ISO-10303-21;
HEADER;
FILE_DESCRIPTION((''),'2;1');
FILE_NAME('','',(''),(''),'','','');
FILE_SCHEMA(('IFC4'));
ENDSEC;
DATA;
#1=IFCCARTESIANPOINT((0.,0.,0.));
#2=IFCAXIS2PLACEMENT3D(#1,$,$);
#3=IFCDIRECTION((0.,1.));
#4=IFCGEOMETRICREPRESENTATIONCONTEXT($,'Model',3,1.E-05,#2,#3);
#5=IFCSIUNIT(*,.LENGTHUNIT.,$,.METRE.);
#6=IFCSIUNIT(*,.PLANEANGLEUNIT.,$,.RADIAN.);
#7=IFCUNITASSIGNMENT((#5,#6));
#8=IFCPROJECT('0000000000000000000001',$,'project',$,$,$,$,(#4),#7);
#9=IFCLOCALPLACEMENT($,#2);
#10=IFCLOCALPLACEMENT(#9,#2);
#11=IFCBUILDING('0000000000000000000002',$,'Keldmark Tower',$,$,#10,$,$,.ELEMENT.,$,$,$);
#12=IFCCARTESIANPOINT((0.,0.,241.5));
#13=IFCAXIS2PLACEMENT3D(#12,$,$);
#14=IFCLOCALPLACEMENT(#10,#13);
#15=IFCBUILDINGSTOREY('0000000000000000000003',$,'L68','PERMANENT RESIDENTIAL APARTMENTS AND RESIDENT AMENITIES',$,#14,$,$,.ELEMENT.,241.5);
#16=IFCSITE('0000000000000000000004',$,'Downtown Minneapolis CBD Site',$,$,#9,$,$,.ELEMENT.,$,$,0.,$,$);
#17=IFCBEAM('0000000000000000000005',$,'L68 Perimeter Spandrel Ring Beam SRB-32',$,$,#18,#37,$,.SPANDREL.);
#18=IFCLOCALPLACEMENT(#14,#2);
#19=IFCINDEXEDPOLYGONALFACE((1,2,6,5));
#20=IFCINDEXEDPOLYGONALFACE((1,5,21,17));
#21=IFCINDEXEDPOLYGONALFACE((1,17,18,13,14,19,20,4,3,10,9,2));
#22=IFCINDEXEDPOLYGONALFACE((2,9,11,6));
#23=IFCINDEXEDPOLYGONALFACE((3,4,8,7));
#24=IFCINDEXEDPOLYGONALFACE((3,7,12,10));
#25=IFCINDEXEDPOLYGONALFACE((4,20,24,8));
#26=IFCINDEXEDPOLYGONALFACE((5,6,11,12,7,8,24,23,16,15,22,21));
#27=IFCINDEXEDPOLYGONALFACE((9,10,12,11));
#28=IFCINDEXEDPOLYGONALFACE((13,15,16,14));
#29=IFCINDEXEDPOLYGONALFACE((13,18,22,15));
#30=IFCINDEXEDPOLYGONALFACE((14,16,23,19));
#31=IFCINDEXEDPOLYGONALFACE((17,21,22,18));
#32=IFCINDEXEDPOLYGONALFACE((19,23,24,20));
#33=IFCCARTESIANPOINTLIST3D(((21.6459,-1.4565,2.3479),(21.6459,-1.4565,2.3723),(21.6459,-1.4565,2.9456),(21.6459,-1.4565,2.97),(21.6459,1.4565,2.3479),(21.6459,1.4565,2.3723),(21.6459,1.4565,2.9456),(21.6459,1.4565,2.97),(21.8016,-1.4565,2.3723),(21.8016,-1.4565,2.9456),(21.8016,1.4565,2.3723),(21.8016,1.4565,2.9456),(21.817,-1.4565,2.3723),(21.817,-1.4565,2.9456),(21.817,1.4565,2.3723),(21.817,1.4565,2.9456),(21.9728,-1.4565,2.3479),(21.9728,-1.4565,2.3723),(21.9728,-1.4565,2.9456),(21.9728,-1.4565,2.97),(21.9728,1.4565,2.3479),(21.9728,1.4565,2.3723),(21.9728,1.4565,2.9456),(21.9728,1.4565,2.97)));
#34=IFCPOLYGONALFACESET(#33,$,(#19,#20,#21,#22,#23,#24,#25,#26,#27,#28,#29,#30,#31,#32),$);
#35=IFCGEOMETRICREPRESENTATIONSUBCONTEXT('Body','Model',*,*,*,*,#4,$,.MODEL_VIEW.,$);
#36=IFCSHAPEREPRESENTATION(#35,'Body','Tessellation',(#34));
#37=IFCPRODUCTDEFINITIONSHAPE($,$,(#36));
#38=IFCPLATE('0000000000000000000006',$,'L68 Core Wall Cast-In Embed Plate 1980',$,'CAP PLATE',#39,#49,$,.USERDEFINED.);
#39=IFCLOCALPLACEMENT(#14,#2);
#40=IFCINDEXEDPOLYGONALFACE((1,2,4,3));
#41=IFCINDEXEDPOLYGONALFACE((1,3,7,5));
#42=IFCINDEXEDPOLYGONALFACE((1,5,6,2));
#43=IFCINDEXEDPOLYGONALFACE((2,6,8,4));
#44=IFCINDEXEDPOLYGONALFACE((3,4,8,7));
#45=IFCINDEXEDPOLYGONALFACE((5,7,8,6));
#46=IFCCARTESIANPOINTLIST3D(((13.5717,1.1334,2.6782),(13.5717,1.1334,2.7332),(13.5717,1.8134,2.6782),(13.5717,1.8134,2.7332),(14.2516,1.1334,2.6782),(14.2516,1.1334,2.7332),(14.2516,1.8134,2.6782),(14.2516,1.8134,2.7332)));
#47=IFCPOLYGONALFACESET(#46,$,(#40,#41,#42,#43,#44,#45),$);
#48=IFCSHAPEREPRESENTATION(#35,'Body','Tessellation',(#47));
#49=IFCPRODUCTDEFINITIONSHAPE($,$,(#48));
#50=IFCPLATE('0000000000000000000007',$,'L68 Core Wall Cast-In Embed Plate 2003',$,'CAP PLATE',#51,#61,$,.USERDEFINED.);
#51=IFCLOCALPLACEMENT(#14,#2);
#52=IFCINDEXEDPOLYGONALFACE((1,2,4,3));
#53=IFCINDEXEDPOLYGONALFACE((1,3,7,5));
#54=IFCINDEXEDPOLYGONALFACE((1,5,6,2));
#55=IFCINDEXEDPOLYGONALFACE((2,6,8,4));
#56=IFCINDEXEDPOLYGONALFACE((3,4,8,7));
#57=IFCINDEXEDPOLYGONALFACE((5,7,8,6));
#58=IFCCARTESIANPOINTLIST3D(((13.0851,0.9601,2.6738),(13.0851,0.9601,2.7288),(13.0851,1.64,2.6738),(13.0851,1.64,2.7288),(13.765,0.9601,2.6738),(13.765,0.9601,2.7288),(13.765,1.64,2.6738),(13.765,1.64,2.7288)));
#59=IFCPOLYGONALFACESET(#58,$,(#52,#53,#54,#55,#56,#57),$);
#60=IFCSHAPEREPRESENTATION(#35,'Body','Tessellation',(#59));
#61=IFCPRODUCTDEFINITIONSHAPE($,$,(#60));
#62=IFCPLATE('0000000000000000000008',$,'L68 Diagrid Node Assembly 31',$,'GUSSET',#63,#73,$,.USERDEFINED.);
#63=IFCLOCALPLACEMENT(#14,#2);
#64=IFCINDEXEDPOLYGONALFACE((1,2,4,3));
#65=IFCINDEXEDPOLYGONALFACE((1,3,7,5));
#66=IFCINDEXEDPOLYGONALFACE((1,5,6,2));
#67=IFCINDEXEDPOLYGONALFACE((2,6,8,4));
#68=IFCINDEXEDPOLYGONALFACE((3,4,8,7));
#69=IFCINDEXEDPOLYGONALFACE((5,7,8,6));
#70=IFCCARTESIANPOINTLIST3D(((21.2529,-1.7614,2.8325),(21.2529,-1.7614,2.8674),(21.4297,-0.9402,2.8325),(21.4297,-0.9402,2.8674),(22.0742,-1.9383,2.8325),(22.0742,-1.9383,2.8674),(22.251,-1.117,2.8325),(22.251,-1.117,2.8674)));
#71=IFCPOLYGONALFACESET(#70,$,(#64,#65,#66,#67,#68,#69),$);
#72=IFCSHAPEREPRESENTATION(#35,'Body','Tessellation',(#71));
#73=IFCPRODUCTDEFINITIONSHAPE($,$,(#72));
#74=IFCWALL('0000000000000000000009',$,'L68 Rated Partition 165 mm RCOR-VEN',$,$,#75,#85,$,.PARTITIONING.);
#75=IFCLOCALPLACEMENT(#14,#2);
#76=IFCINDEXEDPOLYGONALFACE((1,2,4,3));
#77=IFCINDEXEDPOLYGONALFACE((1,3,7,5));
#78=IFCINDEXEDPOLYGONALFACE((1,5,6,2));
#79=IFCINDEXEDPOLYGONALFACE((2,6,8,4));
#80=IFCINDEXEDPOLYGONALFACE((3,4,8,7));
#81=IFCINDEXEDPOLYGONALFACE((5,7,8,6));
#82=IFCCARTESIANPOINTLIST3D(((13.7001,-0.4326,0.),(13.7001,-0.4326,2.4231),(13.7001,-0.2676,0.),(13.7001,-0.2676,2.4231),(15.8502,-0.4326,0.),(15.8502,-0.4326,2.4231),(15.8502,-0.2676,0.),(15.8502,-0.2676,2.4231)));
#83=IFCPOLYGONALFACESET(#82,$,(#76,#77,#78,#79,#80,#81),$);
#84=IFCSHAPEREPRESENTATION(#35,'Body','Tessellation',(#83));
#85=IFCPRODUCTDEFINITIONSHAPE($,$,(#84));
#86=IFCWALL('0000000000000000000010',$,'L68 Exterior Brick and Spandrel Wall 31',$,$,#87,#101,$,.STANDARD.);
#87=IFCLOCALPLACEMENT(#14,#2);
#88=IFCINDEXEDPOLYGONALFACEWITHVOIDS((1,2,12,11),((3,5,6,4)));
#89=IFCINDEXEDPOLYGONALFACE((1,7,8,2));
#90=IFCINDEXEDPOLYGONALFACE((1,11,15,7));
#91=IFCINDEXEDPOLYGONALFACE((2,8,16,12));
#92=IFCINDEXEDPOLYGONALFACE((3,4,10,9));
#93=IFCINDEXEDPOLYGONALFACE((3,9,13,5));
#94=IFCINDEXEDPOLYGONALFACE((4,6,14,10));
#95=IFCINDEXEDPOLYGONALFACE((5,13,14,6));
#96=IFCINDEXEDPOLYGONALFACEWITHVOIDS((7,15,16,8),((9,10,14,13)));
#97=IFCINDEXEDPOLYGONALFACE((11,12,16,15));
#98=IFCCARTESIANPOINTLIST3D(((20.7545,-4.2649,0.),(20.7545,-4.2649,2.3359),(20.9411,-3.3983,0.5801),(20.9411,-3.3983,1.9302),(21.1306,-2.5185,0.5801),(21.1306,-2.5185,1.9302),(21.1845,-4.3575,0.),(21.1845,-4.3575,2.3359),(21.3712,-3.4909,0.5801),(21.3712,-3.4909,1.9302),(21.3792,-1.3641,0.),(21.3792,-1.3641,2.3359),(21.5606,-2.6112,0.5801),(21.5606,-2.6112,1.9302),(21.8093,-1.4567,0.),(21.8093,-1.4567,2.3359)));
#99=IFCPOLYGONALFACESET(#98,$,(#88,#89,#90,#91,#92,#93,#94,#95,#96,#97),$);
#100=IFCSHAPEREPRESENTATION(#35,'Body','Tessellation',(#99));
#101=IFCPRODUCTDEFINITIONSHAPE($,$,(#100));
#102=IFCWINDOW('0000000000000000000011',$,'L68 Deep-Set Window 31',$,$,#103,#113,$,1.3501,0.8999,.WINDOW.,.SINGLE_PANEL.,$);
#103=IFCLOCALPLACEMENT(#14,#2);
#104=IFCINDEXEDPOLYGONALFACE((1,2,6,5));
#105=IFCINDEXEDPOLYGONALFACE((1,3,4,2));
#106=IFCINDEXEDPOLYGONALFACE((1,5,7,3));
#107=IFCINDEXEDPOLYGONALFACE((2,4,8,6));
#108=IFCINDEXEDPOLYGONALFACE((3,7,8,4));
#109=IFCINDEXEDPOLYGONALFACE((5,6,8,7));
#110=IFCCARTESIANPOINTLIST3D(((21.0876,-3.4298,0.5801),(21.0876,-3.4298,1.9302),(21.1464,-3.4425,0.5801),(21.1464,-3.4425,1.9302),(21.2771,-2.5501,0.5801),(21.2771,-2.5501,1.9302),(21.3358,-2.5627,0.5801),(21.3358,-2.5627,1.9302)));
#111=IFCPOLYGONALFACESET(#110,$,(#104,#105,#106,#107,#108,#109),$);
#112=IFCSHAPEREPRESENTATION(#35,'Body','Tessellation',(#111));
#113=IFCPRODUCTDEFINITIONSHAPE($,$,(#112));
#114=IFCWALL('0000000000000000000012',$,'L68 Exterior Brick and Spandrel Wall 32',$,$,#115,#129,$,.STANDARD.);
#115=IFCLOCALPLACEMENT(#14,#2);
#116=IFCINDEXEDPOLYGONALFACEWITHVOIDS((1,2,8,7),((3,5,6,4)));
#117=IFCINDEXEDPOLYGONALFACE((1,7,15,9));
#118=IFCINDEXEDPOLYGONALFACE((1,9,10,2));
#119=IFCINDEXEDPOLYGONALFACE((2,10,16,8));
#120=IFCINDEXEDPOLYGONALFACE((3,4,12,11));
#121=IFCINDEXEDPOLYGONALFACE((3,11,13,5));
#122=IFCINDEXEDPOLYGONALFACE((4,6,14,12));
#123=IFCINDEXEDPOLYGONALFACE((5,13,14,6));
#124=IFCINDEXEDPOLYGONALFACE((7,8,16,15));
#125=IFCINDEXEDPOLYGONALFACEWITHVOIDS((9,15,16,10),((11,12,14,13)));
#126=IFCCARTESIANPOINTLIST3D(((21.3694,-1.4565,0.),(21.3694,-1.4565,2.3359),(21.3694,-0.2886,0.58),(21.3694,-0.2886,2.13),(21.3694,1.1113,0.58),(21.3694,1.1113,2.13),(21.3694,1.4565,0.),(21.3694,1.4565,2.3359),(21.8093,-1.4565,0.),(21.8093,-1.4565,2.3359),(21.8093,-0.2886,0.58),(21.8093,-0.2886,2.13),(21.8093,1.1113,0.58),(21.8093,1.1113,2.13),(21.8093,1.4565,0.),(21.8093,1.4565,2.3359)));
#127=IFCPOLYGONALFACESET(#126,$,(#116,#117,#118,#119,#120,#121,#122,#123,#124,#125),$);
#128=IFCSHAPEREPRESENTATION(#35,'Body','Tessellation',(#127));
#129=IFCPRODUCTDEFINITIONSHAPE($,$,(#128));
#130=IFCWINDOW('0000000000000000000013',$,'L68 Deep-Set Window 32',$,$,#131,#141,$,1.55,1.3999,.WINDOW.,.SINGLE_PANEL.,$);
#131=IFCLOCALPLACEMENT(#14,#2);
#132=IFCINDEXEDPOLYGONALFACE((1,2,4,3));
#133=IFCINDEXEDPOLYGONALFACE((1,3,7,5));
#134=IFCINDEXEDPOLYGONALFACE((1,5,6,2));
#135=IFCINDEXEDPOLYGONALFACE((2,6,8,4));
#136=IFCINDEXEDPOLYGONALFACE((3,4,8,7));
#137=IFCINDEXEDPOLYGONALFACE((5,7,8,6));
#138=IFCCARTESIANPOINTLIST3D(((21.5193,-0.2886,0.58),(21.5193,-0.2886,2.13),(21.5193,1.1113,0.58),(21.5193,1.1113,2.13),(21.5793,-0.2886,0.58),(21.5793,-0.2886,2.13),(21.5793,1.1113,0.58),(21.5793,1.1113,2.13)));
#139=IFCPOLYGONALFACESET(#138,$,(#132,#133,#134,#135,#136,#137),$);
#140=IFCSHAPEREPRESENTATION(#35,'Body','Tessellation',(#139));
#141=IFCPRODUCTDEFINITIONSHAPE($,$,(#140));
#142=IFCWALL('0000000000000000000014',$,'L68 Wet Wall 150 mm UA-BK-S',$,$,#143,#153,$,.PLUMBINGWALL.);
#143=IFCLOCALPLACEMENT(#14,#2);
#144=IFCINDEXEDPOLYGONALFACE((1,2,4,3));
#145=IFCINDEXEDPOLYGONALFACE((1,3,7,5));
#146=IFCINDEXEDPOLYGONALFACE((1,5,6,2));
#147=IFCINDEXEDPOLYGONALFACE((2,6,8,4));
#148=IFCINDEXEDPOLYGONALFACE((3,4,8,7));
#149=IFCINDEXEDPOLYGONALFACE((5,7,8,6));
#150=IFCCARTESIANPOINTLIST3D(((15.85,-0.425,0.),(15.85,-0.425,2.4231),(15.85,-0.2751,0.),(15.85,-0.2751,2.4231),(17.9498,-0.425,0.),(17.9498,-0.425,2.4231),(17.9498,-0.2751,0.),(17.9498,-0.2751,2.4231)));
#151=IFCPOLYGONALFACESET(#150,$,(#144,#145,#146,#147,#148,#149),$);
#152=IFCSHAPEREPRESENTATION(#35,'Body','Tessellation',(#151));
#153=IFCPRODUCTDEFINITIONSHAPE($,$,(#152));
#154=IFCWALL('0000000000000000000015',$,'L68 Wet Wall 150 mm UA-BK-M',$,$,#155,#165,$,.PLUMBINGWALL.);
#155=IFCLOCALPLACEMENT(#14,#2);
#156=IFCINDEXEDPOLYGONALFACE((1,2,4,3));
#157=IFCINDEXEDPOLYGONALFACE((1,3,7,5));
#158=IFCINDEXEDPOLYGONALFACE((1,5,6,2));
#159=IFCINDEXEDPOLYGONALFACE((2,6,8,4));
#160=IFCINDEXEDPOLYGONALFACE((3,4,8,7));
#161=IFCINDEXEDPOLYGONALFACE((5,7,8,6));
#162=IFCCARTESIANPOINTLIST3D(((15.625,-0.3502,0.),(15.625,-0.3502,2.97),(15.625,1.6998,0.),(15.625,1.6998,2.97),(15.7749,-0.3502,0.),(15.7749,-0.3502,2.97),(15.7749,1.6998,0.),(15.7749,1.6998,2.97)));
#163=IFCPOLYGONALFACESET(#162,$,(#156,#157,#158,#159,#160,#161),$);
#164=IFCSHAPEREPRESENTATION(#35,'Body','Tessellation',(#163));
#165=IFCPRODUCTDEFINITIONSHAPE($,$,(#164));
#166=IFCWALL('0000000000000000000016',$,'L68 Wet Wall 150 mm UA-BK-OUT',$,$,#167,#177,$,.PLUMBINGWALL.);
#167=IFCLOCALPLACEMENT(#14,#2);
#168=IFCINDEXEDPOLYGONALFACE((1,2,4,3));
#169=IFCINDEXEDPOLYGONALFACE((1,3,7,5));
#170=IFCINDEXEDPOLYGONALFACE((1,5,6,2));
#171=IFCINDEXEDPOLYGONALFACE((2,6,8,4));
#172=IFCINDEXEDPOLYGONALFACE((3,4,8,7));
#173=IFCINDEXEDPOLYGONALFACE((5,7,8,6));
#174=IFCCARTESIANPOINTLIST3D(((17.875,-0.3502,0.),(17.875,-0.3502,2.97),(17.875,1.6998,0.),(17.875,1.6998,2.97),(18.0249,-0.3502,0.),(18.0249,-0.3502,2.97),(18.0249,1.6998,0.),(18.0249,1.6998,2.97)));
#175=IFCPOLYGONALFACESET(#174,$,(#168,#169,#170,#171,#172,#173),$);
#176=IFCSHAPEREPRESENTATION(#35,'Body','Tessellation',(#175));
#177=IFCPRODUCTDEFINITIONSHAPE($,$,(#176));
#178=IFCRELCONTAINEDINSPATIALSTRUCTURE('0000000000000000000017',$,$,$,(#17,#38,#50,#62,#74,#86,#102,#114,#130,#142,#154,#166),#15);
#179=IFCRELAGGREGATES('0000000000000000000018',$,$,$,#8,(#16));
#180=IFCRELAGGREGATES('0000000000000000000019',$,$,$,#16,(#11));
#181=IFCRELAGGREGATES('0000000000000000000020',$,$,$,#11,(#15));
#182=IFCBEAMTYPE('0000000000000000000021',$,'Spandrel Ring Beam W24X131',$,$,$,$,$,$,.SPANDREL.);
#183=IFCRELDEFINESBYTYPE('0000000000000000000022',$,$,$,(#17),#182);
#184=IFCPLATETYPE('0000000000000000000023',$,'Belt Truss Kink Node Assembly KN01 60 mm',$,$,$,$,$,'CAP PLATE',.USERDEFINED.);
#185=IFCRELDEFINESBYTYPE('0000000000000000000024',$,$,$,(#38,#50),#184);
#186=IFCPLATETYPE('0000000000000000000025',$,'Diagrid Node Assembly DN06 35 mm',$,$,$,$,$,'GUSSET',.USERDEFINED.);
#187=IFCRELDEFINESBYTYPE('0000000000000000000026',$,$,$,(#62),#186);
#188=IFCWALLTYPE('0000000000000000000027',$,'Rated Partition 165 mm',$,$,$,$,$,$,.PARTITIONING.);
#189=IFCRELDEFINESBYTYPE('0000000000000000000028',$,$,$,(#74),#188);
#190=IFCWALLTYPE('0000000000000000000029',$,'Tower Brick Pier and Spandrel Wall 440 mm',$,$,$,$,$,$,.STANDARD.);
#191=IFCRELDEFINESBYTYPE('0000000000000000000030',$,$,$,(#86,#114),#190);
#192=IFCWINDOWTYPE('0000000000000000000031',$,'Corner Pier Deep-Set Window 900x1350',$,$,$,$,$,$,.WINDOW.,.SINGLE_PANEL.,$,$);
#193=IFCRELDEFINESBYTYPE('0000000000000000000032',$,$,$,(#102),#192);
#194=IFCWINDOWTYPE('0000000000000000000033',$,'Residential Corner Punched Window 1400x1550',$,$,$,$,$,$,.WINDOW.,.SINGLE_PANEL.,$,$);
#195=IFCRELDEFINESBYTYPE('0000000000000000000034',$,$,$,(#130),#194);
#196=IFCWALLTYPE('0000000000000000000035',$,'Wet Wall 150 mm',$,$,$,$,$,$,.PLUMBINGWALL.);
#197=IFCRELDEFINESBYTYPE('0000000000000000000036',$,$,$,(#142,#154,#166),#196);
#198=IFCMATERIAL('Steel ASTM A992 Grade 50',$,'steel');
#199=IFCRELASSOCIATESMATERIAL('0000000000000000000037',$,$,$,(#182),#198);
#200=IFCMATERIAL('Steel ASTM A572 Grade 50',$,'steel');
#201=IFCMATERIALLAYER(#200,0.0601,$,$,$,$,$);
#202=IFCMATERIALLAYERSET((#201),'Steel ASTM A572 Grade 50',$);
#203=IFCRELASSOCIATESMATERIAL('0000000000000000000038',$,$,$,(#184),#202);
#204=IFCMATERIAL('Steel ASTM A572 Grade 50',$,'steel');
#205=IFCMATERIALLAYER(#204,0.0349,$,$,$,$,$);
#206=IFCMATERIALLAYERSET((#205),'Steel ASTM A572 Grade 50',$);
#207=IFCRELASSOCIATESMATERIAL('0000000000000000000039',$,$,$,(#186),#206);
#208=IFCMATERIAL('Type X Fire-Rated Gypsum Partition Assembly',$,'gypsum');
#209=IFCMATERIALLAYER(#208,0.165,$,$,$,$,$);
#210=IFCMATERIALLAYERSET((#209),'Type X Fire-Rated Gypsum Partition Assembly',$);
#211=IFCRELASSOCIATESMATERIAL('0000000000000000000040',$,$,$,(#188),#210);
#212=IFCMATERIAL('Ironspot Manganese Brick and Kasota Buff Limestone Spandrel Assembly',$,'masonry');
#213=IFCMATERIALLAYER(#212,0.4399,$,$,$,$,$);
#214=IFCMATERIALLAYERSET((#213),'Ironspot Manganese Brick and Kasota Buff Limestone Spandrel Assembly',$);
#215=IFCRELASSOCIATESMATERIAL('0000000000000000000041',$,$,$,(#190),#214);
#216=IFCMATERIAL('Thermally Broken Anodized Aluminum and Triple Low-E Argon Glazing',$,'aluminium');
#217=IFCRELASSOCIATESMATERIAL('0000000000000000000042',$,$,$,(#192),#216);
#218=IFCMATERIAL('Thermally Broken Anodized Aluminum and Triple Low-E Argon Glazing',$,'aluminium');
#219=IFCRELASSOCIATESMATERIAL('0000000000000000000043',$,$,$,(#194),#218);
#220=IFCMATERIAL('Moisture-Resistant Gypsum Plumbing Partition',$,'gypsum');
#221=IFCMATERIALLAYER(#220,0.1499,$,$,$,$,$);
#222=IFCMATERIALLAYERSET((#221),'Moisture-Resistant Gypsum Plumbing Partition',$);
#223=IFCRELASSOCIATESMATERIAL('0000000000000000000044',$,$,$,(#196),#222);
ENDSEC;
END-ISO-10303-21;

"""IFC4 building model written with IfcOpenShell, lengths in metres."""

from ifc_helpers import new_model, si_unit, direction, frame, frame_2d, origin, origin_2d, place, context, subcontext, project, spatial, rectangle, i_section, extrude, material, layer, layer_set, material_profile, profile_set, type_object, element, fill, save


model = new_model("IFC4")

# Units and contexts
model_context = context("Model", 3, precision=1e-05, world=origin(), true_north=direction((0.0, 1.0)))
body_context = subcontext(model_context, "Body", "Model", "MODEL_VIEW")
ifc_project = project(units=[si_unit("LENGTHUNIT", "METRE"), si_unit("PLANEANGLEUNIT", "RADIAN")], contexts=[model_context])

# Site, building, storey
site_placement = place(None, origin())
site = spatial("IfcSite", under=ifc_project, at=site_placement, Name="Downtown Minneapolis CBD Site", CompositionType="ELEMENT", RefElevation=0.0)
building_placement = place(site_placement, origin())
building = spatial("IfcBuilding", under=site, at=building_placement, Name="Keldmark Tower", CompositionType="ELEMENT")
storey_placement = place(building_placement, frame((0.0, 0.0, 241.5)))
storey = spatial("IfcBuildingStorey", under=building, at=storey_placement, Name="L68", Description="PERMANENT RESIDENTIAL APARTMENTS AND RESIDENT AMENITIES", CompositionType="ELEMENT", Elevation=241.5)

# Beam
ifc_material_1 = material(Name="Steel ASTM A992 Grade 50", Category="steel")
ifc_material_profile_1 = material_profile(ifc_material_1, i_section(OverallWidth=0.3269, OverallDepth=0.6221, WebThickness=0.0154, FlangeThickness=0.0244, at=origin_2d()), Name="W24X131")
ifc_profile_set_1 = profile_set([ifc_material_profile_1], Name="Steel ASTM A992 Grade 50")
beam_type_1 = type_object("IfcBeamType", Name="Spandrel Ring Beam W24X131", PredefinedType="SPANDREL", material=ifc_profile_set_1)
beam_1_placement = place(storey_placement, frame((21.8093, -1.4565, 2.6589), z_axis=(0.0, 1.0, 0.0), x_axis=(-1.0, 0.0, 0.0)))
element("IfcBeam", 1, at=beam_1_placement, inside=storey, type_object=beam_type_1, Name="L68 Perimeter Spandrel Ring Beam SRB-32", PredefinedType="SPANDREL", context=body_context, shape_type="SweptSolid", body=[
    extrude(i_section(OverallWidth=0.3269, OverallDepth=0.6221, WebThickness=0.0154, FlangeThickness=0.0244, at=origin_2d()), origin(), (0.0, 0.0, 1.0), 2.9131),
])

# Plates
ifc_material_2 = material(Name="Steel ASTM A572 Grade 50", Category="steel")
ifc_layer_1 = layer(ifc_material_2, 0.0601)
ifc_layer_set_1 = layer_set([ifc_layer_1], Name="Steel ASTM A572 Grade 50")
plate_type_1 = type_object("IfcPlateType", Name="Belt Truss Kink Node Assembly KN01 60 mm", ElementType="CAP PLATE", PredefinedType="USERDEFINED", material=ifc_layer_set_1)
for number, where, z_axis, x_axis, name in (
    (2, (13.9116, 1.4734, 2.6782), (0.0, 0.0, 1.0), (1.0, 0.0, 0.0), "L68 Core Wall Cast-In Embed Plate 1980"),
    (3, (13.425, 1.3, 2.6738), (0.0, 0.0, 1.0), (1.0, 0.0, 0.0), "L68 Core Wall Cast-In Embed Plate 2003"),
):
    element("IfcPlate", number, at=place(storey_placement, frame(where, z_axis=z_axis, x_axis=x_axis)), inside=storey, type_object=plate_type_1, Name=name, ObjectType="CAP PLATE", PredefinedType="USERDEFINED", context=body_context, shape_type="SweptSolid", body=[
        extrude(rectangle(XDim=0.6799, YDim=0.6799, at=origin_2d()), origin(), (0.0, 0.0, 1.0), 0.0549),
    ])
ifc_material_3 = material(Name="Steel ASTM A572 Grade 50", Category="steel")
ifc_layer_2 = layer(ifc_material_3, 0.0349)
ifc_layer_set_2 = layer_set([ifc_layer_2], Name="Steel ASTM A572 Grade 50")
plate_type_2 = type_object("IfcPlateType", Name="Diagrid Node Assembly DN06 35 mm", ElementType="GUSSET", PredefinedType="USERDEFINED", material=ifc_layer_set_2)
plate_placement = place(storey_placement, frame((21.752, -1.4392, 2.8325), z_axis=(0.0, 0.0, 1.0), x_axis=(0.210472, 0.9776, 0.0)))
element("IfcPlate", 4, at=plate_placement, inside=storey, type_object=plate_type_2, Name="L68 Diagrid Node Assembly 31", ObjectType="GUSSET", PredefinedType="USERDEFINED", context=body_context, shape_type="SweptSolid", body=[
    extrude(rectangle(XDim=0.8401, YDim=0.8401, at=origin_2d()), origin(), (0.0, 0.0, 1.0), 0.0349),
])

# Shared definitions
ifc_material_4 = material(Name="Type X Fire-Rated Gypsum Partition Assembly", Category="gypsum")
ifc_layer_3 = layer(ifc_material_4, 0.165)
ifc_layer_set_3 = layer_set([ifc_layer_3], Name="Type X Fire-Rated Gypsum Partition Assembly")
wall_type_1 = type_object("IfcWallType", Name="Rated Partition 165 mm", PredefinedType="PARTITIONING", material=ifc_layer_set_3)

# Wall
wall_1_placement = place(storey_placement, frame((13.7, -0.3501, 0.0), z_axis=(0.0, 0.0, 1.0), x_axis=(1.0, 0.0, 0.0)))
element("IfcWall", 5, at=wall_1_placement, inside=storey, type_object=wall_type_1, Name="L68 Rated Partition 165 mm RCOR-VEN", PredefinedType="PARTITIONING", context=body_context, shape_type="SweptSolid", body=[
    extrude(rectangle(XDim=2.1501, YDim=0.165, at=frame_2d((1.0752, 0.0))), origin(), (0.0, 0.0, 1.0), 2.4231),
])

# Walls, openings, windows
ifc_material_5 = material(Name="Ironspot Manganese Brick and Kasota Buff Limestone Spandrel Assembly", Category="masonry")
ifc_layer_4 = layer(ifc_material_5, 0.4399)
ifc_layer_set_4 = layer_set([ifc_layer_4], Name="Ironspot Manganese Brick and Kasota Buff Limestone Spandrel Assembly")
wall_type_2 = type_object("IfcWallType", Name="Tower Brick Pier and Spandrel Wall 440 mm", PredefinedType="STANDARD", material=ifc_layer_set_4)
wall_2_placement = place(storey_placement, frame((21.5942, -1.4104, 0.0), z_axis=(0.0, 0.0, 1.0), x_axis=(-0.21054, -0.977585, 0.0)))
wall_2 = element("IfcWall", 6, at=wall_2_placement, inside=storey, type_object=wall_type_2, Name="L68 Exterior Brick and Spandrel Wall 31", PredefinedType="STANDARD", context=body_context, shape_type="SweptSolid", body=[
    extrude(rectangle(XDim=2.9673, YDim=0.4399, at=frame_2d((1.4836, 0.0))), origin(), (0.0, 0.0, 1.0), 2.3359),
])
opening_1_placement = place(wall_2_placement, frame((1.1809, 0.0, 0.5801)))
opening_1 = element("IfcOpeningElement", 7, at=opening_1_placement, cuts=wall_2, PredefinedType="OPENING", context=body_context, shape_type="SweptSolid", body=[
    extrude(rectangle(XDim=0.8999, YDim=1.3501, at=frame_2d((0.45, 0.675))), frame((0.0, 0.23, 0.0), z_axis=(0.0, -1.0, 0.0), x_axis=(1.0, 0.0, 0.0)), (0.0, 0.0, 1.0), 0.46),
])
ifc_material_6 = material(Name="Thermally Broken Anodized Aluminum and Triple Low-E Argon Glazing", Category="aluminium")
window_type_1 = type_object("IfcWindowType", Name="Corner Pier Deep-Set Window 900x1350", PartitioningType="SINGLE_PANEL", PredefinedType="WINDOW", material=ifc_material_6)
window_1_placement = place(opening_1_placement, origin())
window_1 = element("IfcWindow", 8, at=window_1_placement, inside=storey, type_object=window_type_1, Name="L68 Deep-Set Window 31", OverallHeight=1.3501, OverallWidth=0.8999, PartitioningType="SINGLE_PANEL", PredefinedType="WINDOW", context=body_context, shape_type="SweptSolid", body=[
    extrude(rectangle(XDim=0.8999, YDim=1.3501, at=frame_2d((0.45, 0.675))), frame((0.0, -0.01, 0.0), z_axis=(0.0, -1.0, 0.0), x_axis=(1.0, 0.0, 0.0)), (0.0, 0.0, 1.0), 0.0601),
])
fill(opening_1, window_1)
wall_3_placement = place(storey_placement, frame((21.5894, 1.4565, 0.0), z_axis=(0.0, 0.0, 1.0), x_axis=(0.0, -1.0, 0.0)))
wall_3 = element("IfcWall", 9, at=wall_3_placement, inside=storey, type_object=wall_type_2, Name="L68 Exterior Brick and Spandrel Wall 32", PredefinedType="STANDARD", context=body_context, shape_type="SweptSolid", body=[
    extrude(rectangle(XDim=2.9131, YDim=0.4399, at=frame_2d((1.4565, 0.0))), origin(), (0.0, 0.0, 1.0), 2.3359),
])
opening_2_placement = place(wall_3_placement, frame((0.3452, 0.0, 0.5801)))
opening_2 = element("IfcOpeningElement", 10, at=opening_2_placement, cuts=wall_3, PredefinedType="OPENING", context=body_context, shape_type="SweptSolid", body=[
    extrude(rectangle(XDim=1.3999, YDim=1.55, at=frame_2d((0.7, 0.7749))), frame((0.0, 0.23, 0.0), z_axis=(0.0, -1.0, 0.0), x_axis=(1.0, 0.0, 0.0)), (0.0, 0.0, 1.0), 0.46),
])
ifc_material_7 = material(Name="Thermally Broken Anodized Aluminum and Triple Low-E Argon Glazing", Category="aluminium")
window_type_2 = type_object("IfcWindowType", Name="Residential Corner Punched Window 1400x1550", PartitioningType="SINGLE_PANEL", PredefinedType="WINDOW", material=ifc_material_7)
window_2_placement = place(opening_2_placement, origin())
window_2 = element("IfcWindow", 11, at=window_2_placement, inside=storey, type_object=window_type_2, Name="L68 Deep-Set Window 32", OverallHeight=1.55, OverallWidth=1.3999, PartitioningType="SINGLE_PANEL", PredefinedType="WINDOW", context=body_context, shape_type="SweptSolid", body=[
    extrude(rectangle(XDim=1.3999, YDim=1.55, at=frame_2d((0.7, 0.7749))), frame((0.0, -0.01, 0.0), z_axis=(0.0, -1.0, 0.0), x_axis=(1.0, 0.0, 0.0)), (0.0, 0.0, 1.0), 0.0601),
])
fill(opening_2, window_2)

# Walls
ifc_material_8 = material(Name="Moisture-Resistant Gypsum Plumbing Partition", Category="gypsum")
ifc_layer_5 = layer(ifc_material_8, 0.1499)
ifc_layer_set_5 = layer_set([ifc_layer_5], Name="Moisture-Resistant Gypsum Plumbing Partition")
wall_type_3 = type_object("IfcWallType", Name="Wet Wall 150 mm", PredefinedType="PLUMBINGWALL", material=ifc_layer_set_5)
wall_4_placement = place(storey_placement, frame((15.8501, -0.3501, 0.0), z_axis=(0.0, 0.0, 1.0), x_axis=(1.0, 0.0, 0.0)))
element("IfcWall", 12, at=wall_4_placement, inside=storey, type_object=wall_type_3, Name="L68 Wet Wall 150 mm UA-BK-S", PredefinedType="PLUMBINGWALL", context=body_context, shape_type="SweptSolid", body=[
    extrude(rectangle(XDim=2.0999, YDim=0.1499, at=frame_2d((1.0498, 0.0))), origin(), (0.0, 0.0, 1.0), 2.4231),
])
for number, where, z_axis, x_axis, name in (
    (13, (15.7, -0.3501, 0.0), (0.0, 0.0, 1.0), (0.0, 1.0, 0.0), "L68 Wet Wall 150 mm UA-BK-M"),
    (14, (17.95, -0.3501, 0.0), (0.0, 0.0, 1.0), (0.0, 1.0, 0.0), "L68 Wet Wall 150 mm UA-BK-OUT"),
):
    element("IfcWall", number, at=place(storey_placement, frame(where, z_axis=z_axis, x_axis=x_axis)), inside=storey, type_object=wall_type_3, Name=name, PredefinedType="PLUMBINGWALL", context=body_context, shape_type="SweptSolid", body=[
        extrude(rectangle(XDim=2.05, YDim=0.1499, at=frame_2d((1.0249, 0.0))), origin(), (0.0, 0.0, 1.0), 2.97),
    ])

save(model, "model.ifc")
